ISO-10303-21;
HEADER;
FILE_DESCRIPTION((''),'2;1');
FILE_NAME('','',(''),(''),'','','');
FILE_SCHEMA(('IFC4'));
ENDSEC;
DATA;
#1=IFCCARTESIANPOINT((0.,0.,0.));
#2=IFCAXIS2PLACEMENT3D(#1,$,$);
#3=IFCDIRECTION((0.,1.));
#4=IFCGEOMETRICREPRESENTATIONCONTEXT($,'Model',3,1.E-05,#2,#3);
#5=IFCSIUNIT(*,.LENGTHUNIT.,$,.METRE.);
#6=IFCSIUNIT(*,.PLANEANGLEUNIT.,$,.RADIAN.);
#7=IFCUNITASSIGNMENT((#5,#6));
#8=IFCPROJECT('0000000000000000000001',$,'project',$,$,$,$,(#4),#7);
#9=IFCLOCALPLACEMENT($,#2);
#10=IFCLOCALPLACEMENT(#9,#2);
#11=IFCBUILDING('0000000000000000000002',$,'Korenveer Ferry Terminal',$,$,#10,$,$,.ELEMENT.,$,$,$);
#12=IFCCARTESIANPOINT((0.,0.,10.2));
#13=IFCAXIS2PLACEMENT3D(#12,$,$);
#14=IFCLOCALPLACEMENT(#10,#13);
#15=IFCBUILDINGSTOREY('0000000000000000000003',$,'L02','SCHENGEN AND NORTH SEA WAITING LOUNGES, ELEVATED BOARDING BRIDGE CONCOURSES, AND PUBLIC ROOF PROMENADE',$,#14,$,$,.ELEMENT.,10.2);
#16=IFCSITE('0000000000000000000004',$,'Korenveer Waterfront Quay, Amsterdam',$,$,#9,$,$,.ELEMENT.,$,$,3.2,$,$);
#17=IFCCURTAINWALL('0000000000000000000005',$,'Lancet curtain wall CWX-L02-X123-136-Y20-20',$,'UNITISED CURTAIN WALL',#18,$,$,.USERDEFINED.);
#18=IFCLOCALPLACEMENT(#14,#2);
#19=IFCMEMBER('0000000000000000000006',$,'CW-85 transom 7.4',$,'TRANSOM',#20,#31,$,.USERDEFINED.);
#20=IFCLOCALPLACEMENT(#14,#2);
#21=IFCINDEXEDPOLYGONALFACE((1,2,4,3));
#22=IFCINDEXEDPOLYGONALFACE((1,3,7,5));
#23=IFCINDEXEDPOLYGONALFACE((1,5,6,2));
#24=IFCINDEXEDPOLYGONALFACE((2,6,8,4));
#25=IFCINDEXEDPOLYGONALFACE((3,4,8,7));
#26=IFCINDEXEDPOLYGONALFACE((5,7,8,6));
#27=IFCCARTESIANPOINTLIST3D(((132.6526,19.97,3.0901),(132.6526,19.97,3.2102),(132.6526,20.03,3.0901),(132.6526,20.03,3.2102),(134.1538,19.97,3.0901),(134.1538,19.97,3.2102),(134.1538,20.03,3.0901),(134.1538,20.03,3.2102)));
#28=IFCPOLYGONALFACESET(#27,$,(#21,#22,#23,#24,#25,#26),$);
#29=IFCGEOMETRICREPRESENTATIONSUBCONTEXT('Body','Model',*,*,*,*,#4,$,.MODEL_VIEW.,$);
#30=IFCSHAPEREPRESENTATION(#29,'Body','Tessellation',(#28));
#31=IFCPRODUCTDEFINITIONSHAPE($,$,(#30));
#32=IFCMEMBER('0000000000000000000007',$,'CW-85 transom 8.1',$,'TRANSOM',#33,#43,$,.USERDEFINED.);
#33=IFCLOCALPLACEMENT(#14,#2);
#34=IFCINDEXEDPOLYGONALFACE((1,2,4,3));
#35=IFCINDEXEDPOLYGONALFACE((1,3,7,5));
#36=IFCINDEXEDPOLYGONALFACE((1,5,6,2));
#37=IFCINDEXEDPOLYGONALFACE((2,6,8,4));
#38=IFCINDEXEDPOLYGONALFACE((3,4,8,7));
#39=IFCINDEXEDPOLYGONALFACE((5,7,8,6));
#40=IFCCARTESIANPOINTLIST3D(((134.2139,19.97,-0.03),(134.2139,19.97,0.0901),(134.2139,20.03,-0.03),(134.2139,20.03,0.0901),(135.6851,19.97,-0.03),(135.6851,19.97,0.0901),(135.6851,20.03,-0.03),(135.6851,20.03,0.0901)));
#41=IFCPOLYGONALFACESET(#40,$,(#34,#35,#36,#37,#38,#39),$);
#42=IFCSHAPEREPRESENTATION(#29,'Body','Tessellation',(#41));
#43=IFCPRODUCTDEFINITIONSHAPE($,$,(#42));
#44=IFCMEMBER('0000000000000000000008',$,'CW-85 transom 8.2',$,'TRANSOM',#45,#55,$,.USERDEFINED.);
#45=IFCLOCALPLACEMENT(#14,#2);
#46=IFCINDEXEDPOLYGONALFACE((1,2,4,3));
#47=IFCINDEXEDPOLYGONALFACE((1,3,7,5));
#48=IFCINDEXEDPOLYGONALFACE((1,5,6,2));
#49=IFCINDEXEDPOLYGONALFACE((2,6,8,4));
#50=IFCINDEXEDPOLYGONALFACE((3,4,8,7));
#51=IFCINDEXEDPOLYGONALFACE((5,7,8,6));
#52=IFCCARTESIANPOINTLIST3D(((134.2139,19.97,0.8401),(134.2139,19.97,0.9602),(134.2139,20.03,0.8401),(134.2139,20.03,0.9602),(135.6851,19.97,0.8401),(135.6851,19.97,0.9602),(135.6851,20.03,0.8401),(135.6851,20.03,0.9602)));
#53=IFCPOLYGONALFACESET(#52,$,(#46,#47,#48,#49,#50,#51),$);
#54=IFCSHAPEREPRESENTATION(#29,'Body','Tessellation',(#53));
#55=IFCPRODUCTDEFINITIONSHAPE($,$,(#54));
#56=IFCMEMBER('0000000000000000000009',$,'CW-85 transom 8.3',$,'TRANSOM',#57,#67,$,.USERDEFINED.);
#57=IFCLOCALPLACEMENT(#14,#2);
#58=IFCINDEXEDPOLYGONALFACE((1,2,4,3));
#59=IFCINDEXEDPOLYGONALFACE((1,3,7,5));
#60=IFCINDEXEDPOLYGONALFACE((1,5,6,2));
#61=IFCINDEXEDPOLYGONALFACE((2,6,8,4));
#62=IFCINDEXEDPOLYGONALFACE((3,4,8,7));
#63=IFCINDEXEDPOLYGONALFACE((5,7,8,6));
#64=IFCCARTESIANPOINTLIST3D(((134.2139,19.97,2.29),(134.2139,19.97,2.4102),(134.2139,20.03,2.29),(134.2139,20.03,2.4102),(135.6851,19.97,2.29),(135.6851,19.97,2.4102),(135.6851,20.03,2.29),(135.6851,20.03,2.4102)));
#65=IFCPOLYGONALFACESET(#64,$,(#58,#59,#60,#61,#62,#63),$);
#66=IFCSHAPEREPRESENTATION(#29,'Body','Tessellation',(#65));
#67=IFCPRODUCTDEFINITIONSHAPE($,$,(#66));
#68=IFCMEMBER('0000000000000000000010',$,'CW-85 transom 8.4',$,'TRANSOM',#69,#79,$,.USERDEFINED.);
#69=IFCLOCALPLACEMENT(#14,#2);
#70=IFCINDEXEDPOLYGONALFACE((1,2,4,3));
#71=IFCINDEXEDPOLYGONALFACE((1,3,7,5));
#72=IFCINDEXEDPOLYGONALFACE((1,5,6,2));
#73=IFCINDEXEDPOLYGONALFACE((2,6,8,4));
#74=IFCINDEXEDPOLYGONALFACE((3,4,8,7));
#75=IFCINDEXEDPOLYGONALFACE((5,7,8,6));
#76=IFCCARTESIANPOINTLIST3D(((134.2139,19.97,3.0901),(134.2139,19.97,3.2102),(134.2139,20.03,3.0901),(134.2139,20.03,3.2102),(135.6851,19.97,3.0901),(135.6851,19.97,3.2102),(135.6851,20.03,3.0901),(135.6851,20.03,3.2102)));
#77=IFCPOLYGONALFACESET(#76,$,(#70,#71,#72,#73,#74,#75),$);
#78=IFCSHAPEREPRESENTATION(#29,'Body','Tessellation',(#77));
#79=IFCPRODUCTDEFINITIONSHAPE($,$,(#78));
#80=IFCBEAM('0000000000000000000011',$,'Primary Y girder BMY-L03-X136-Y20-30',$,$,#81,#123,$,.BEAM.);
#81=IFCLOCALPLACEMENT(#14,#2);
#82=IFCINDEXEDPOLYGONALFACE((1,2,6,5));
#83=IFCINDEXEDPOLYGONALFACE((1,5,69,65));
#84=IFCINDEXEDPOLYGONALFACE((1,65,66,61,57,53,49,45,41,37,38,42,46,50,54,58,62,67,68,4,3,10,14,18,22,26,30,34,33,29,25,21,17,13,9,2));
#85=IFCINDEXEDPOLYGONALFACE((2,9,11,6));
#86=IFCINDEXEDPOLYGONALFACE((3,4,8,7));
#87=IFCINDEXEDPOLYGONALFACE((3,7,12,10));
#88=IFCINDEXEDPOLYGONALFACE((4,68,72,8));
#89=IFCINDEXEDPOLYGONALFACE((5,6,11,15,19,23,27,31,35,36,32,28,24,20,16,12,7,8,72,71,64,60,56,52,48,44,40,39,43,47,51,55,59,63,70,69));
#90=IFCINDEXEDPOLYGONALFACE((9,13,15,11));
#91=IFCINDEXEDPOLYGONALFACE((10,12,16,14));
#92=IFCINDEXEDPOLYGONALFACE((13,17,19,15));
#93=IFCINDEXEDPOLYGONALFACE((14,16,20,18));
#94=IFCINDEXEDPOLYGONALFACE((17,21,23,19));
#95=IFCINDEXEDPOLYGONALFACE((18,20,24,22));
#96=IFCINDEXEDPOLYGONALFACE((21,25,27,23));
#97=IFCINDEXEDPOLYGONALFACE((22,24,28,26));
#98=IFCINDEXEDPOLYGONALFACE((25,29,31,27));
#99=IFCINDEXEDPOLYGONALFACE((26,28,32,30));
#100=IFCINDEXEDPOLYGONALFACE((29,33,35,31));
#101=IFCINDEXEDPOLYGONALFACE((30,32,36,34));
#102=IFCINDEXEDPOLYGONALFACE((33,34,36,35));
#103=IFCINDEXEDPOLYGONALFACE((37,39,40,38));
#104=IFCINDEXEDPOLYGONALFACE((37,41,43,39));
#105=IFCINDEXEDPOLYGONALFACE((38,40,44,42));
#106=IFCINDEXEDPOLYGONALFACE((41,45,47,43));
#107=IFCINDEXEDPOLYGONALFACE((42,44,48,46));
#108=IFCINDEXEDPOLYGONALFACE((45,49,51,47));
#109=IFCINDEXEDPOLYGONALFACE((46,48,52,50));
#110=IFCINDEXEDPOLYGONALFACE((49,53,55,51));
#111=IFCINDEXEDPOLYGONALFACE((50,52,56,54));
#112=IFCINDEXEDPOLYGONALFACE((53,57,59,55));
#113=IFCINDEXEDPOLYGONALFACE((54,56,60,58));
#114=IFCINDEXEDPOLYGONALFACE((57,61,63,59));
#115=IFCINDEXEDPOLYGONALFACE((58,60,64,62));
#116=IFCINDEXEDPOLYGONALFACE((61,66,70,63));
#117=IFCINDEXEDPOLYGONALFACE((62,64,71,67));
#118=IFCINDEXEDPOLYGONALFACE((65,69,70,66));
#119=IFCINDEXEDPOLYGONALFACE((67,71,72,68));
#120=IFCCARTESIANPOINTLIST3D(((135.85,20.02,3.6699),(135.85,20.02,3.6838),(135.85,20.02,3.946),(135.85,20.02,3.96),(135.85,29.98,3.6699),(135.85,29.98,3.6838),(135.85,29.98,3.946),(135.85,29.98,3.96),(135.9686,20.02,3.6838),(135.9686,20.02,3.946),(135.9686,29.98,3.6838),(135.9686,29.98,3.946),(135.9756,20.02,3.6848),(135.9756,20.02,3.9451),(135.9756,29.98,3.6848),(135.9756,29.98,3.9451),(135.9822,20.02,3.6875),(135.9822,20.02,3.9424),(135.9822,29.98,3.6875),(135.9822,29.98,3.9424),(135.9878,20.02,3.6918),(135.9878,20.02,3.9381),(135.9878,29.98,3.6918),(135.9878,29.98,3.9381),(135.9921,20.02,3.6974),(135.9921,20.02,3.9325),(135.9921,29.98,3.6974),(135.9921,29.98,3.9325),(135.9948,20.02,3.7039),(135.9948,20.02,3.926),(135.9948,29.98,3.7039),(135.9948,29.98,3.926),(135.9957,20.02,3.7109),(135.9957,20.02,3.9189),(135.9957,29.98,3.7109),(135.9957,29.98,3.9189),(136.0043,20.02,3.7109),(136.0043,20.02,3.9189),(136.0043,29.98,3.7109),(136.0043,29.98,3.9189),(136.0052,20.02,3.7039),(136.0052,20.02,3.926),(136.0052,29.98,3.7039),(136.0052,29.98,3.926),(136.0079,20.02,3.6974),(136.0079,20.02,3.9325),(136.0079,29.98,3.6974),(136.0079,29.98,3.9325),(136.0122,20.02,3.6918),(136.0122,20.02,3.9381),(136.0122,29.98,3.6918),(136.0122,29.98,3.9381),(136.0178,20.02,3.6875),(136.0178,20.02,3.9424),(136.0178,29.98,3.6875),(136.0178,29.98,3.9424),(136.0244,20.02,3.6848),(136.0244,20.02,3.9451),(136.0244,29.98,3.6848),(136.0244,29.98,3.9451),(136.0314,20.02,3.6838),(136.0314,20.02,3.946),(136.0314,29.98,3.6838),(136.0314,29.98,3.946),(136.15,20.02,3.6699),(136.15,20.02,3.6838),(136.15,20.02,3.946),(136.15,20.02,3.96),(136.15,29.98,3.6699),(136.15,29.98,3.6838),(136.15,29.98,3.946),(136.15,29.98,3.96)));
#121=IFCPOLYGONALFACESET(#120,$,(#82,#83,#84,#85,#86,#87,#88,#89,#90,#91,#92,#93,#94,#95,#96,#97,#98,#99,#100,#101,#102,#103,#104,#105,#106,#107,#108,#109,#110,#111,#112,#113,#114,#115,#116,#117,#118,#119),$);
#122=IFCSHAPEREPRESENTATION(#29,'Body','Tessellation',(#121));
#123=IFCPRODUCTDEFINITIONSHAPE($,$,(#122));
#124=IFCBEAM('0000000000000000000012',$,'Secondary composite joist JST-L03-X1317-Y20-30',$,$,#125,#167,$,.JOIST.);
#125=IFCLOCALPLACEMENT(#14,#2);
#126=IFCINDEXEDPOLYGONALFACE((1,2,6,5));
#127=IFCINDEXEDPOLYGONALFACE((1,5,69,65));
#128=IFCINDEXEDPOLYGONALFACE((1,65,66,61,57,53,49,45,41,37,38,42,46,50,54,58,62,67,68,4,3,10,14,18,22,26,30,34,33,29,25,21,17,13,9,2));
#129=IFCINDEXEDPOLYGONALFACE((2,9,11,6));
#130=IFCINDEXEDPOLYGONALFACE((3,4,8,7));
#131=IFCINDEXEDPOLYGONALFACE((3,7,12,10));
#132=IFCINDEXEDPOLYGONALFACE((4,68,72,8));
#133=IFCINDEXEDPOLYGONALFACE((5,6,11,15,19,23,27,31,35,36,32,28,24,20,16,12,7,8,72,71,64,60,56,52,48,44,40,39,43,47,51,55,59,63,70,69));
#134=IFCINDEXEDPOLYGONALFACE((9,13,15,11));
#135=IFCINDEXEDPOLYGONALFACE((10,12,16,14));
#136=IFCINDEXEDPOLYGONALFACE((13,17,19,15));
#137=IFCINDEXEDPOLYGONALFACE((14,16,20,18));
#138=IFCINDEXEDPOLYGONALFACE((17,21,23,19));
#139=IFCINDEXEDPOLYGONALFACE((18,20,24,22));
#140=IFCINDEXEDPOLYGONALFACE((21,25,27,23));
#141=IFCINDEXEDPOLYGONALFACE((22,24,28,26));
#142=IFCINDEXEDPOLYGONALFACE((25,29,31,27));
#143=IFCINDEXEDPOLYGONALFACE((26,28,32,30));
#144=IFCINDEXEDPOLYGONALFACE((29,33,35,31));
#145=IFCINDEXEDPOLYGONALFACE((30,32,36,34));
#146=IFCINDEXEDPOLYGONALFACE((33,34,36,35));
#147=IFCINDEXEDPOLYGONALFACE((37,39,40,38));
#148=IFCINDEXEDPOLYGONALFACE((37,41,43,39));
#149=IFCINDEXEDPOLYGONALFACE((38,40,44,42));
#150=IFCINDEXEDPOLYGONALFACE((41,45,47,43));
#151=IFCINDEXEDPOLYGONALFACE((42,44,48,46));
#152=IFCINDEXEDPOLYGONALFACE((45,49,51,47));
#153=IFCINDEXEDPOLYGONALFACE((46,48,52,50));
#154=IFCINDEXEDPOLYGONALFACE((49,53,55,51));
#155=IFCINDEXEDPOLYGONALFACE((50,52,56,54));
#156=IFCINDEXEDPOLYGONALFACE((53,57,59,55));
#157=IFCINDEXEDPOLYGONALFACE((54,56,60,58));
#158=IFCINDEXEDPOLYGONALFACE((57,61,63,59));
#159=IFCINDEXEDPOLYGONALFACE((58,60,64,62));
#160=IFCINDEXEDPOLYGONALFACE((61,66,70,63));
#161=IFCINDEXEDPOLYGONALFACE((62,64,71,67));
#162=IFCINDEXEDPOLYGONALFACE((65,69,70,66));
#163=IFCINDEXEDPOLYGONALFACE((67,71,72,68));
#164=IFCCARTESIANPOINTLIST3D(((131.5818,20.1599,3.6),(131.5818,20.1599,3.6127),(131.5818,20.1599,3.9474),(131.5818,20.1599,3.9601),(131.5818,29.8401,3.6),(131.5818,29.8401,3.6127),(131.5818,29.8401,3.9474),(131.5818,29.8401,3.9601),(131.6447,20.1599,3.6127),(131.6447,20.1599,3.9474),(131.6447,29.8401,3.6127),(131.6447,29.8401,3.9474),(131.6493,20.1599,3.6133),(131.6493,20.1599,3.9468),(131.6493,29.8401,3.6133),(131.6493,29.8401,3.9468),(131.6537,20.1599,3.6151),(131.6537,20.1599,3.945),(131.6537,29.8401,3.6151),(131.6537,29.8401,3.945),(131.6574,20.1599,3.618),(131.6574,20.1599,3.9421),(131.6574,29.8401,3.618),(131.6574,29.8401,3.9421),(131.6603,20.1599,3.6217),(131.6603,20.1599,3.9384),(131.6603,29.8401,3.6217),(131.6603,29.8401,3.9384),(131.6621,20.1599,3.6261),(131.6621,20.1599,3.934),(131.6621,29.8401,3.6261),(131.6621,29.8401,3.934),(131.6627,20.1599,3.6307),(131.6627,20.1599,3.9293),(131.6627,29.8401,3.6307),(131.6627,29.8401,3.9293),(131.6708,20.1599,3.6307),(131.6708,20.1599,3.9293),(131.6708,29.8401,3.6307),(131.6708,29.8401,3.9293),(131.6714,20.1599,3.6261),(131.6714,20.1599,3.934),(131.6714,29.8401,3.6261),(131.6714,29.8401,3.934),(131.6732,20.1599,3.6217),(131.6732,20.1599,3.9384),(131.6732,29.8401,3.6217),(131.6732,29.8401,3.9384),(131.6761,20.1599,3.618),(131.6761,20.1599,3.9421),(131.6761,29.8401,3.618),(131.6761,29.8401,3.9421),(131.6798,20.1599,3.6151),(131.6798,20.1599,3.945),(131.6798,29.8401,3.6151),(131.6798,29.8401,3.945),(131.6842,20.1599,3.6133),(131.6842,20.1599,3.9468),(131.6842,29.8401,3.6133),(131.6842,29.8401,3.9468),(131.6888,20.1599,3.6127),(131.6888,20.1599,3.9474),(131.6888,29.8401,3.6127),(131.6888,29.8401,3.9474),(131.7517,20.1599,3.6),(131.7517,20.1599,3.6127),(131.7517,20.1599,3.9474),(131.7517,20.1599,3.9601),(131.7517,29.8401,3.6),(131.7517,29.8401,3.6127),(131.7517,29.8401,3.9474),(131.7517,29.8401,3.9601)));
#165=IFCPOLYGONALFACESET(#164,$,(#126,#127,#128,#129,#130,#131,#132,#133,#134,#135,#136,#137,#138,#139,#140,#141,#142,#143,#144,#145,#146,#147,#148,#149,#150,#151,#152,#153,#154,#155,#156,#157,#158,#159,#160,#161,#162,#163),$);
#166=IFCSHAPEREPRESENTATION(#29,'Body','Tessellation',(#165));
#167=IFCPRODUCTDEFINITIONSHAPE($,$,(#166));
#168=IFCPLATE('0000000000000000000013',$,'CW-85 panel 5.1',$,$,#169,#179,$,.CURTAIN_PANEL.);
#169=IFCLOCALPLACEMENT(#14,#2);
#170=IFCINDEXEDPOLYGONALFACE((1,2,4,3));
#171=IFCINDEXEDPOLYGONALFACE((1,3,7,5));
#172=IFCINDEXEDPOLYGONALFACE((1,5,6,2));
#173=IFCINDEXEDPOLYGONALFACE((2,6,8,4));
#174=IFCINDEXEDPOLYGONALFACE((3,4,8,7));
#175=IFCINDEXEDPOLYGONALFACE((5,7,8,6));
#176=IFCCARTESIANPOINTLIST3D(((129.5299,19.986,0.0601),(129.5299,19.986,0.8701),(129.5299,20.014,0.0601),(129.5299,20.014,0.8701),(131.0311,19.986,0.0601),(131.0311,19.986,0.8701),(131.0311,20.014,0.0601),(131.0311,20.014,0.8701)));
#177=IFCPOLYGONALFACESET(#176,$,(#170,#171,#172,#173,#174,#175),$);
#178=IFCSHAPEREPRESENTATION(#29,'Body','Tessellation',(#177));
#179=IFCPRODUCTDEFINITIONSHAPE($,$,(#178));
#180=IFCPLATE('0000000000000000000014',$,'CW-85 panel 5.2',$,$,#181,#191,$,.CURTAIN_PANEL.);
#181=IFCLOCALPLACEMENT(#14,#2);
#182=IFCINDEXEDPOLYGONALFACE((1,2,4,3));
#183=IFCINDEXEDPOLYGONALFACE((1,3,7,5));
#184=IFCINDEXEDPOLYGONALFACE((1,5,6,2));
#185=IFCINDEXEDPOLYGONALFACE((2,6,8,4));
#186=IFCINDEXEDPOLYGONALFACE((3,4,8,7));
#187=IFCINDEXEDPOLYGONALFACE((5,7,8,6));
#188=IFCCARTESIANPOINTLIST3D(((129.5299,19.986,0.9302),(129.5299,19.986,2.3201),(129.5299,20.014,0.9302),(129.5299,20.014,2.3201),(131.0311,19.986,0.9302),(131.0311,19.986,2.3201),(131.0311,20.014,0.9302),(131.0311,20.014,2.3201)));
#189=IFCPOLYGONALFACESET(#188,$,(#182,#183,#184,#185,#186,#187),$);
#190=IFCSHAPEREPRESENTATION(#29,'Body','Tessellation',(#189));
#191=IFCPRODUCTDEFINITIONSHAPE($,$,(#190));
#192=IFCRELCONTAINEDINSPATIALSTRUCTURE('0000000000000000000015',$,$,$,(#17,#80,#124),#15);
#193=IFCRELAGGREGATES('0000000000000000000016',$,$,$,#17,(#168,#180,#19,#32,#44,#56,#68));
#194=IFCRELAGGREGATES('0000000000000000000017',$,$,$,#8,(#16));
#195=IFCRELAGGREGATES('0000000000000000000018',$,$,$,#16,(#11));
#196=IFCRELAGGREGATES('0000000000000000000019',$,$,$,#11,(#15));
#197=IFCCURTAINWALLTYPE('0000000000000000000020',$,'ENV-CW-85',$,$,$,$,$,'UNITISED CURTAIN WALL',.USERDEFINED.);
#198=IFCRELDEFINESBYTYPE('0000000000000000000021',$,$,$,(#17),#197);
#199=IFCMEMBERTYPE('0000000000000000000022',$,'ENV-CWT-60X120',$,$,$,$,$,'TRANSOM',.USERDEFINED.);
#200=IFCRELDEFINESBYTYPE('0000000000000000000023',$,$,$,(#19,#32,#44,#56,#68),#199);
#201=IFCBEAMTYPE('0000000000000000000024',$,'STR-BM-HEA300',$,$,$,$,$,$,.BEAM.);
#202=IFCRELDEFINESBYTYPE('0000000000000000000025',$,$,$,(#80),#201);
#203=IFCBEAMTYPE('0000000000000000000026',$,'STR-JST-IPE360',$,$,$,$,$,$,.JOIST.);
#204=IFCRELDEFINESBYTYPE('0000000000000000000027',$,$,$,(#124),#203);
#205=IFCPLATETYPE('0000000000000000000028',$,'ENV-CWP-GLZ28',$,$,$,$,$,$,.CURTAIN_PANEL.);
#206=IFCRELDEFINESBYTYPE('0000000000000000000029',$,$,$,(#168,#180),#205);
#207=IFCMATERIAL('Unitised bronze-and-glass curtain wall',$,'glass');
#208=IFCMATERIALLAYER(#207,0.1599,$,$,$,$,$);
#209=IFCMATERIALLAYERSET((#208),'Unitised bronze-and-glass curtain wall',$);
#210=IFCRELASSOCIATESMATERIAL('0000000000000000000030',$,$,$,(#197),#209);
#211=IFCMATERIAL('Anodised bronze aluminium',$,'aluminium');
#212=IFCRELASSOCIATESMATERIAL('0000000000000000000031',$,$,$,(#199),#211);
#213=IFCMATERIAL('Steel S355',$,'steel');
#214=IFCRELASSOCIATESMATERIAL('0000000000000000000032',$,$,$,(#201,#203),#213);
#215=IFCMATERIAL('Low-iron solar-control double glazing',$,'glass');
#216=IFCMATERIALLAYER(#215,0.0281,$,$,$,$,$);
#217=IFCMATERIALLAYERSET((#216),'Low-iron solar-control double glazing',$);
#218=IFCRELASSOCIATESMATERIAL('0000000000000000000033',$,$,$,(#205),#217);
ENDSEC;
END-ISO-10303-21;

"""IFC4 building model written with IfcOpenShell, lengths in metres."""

from ifc_helpers import new_model, si_unit, direction, frame, origin, origin_2d, place, context, subcontext, project, spatial, rectangle, i_section, extrude, material, layer, layer_set, material_profile, profile_set, type_object, element, aggregate, save


model = new_model("IFC4")

# Units and contexts
model_context = context("Model", 3, precision=1e-05, world=origin(), true_north=direction((0.0, 1.0)))
body_context = subcontext(model_context, "Body", "Model", "MODEL_VIEW")
ifc_project = project(units=[si_unit("LENGTHUNIT", "METRE"), si_unit("PLANEANGLEUNIT", "RADIAN")], contexts=[model_context])

# Site, building, storey
site_placement = place(None, origin())
site = spatial("IfcSite", under=ifc_project, at=site_placement, Name="Korenveer Waterfront Quay, Amsterdam", CompositionType="ELEMENT", RefElevation=3.2)
building_placement = place(site_placement, origin())
building = spatial("IfcBuilding", under=site, at=building_placement, Name="Korenveer Ferry Terminal", CompositionType="ELEMENT")
storey_placement = place(building_placement, frame((0.0, 0.0, 10.2)))
storey = spatial("IfcBuildingStorey", under=building, at=storey_placement, Name="L02", Description="SCHENGEN AND NORTH SEA WAITING LOUNGES, ELEVATED BOARDING BRIDGE CONCOURSES, AND PUBLIC ROOF PROMENADE", CompositionType="ELEMENT", Elevation=10.2)

# Curtain wall, members
ifc_material_1 = material(Name="Unitised bronze-and-glass curtain wall", Category="glass")
ifc_layer_1 = layer(ifc_material_1, 0.1599)
ifc_layer_set_1 = layer_set([ifc_layer_1], Name="Unitised bronze-and-glass curtain wall")
curtain_wall_type = type_object("IfcCurtainWallType", Name="ENV-CW-85", ElementType="UNITISED CURTAIN WALL", PredefinedType="USERDEFINED", material=ifc_layer_set_1)
curtain_wall_placement = place(storey_placement, frame((123.2549, 20.0, 0.0)))
curtain_wall = element("IfcCurtainWall", 1, at=curtain_wall_placement, inside=storey, type_object=curtain_wall_type, Name="Lancet curtain wall CWX-L02-X123-136-Y20-20", ObjectType="UNITISED CURTAIN WALL", PredefinedType="USERDEFINED")
ifc_material_2 = material(Name="Anodised bronze aluminium", Category="aluminium")
ifc_material_profile_1 = material_profile(ifc_material_2, rectangle(XDim=0.0601, YDim=0.1201, at=origin_2d()), Name="ALU 60x120")
ifc_profile_set_1 = profile_set([ifc_material_profile_1], Name="Anodised bronze aluminium")
member_type_1 = type_object("IfcMemberType", Name="ENV-CWT-60X120", ElementType="TRANSOM", PredefinedType="USERDEFINED", material=ifc_profile_set_1)
member_1_placement = place(storey_placement, frame((132.6526, 20.0, 3.1501), z_axis=(1.0, 0.0, 0.0), x_axis=(0.0, 1.0, 0.0)))
member_1 = element("IfcMember", 2, at=member_1_placement, type_object=member_type_1, Name="CW-85 transom 7.4", ObjectType="TRANSOM", PredefinedType="USERDEFINED", context=body_context, shape_type="SweptSolid", body=[
    extrude(rectangle(XDim=0.0601, YDim=0.1201, at=origin_2d()), origin(), (0.0, 0.0, 1.0), 1.5012),
])
member_2_placement = place(storey_placement, frame((134.2139, 20.0, 0.03), z_axis=(1.0, 0.0, 0.0), x_axis=(0.0, 1.0, 0.0)))
member_2 = element("IfcMember", 3, at=member_2_placement, type_object=member_type_1, Name="CW-85 transom 8.1", ObjectType="TRANSOM", PredefinedType="USERDEFINED", context=body_context, shape_type="SweptSolid", body=[
    extrude(rectangle(XDim=0.0601, YDim=0.1201, at=origin_2d()), origin(), (0.0, 0.0, 1.0), 1.4712),
])
member_3_placement = place(storey_placement, frame((134.2139, 20.0, 0.9001), z_axis=(1.0, 0.0, 0.0), x_axis=(0.0, 1.0, 0.0)))
member_3 = element("IfcMember", 4, at=member_3_placement, type_object=member_type_1, Name="CW-85 transom 8.2", ObjectType="TRANSOM", PredefinedType="USERDEFINED", context=body_context, shape_type="SweptSolid", body=[
    extrude(rectangle(XDim=0.0601, YDim=0.1201, at=origin_2d()), origin(), (0.0, 0.0, 1.0), 1.4712),
])
member_4_placement = place(storey_placement, frame((134.2139, 20.0, 2.3501), z_axis=(1.0, 0.0, 0.0), x_axis=(0.0, 1.0, 0.0)))
member_4 = element("IfcMember", 5, at=member_4_placement, type_object=member_type_1, Name="CW-85 transom 8.3", ObjectType="TRANSOM", PredefinedType="USERDEFINED", context=body_context, shape_type="SweptSolid", body=[
    extrude(rectangle(XDim=0.0601, YDim=0.1201, at=origin_2d()), origin(), (0.0, 0.0, 1.0), 1.4712),
])
member_5_placement = place(storey_placement, frame((134.2139, 20.0, 3.1501), z_axis=(1.0, 0.0, 0.0), x_axis=(0.0, 1.0, 0.0)))
member_5 = element("IfcMember", 6, at=member_5_placement, type_object=member_type_1, Name="CW-85 transom 8.4", ObjectType="TRANSOM", PredefinedType="USERDEFINED", context=body_context, shape_type="SweptSolid", body=[
    extrude(rectangle(XDim=0.0601, YDim=0.1201, at=origin_2d()), origin(), (0.0, 0.0, 1.0), 1.4712),
])

# Beams
ifc_material_3 = material(Name="Steel S355", Category="steel")
ifc_material_profile_2 = material_profile(ifc_material_3, i_section(OverallWidth=0.3, OverallDepth=0.29, WebThickness=0.0085, FlangeThickness=0.0139, FilletRadius=0.0271, at=origin_2d()), Name="HEA 300")
ifc_profile_set_2 = profile_set([ifc_material_profile_2], Name="Steel S355")
beam_type_1 = type_object("IfcBeamType", Name="STR-BM-HEA300", PredefinedType="BEAM", material=ifc_profile_set_2)
beam_1_placement = place(storey_placement, frame((136.0, 20.02, 3.8149), z_axis=(0.0, 1.0, 0.0), x_axis=(-1.0, 0.0, 0.0)))
element("IfcBeam", 7, at=beam_1_placement, inside=storey, type_object=beam_type_1, Name="Primary Y girder BMY-L03-X136-Y20-30", PredefinedType="BEAM", context=body_context, shape_type="SweptSolid", body=[
    extrude(i_section(OverallWidth=0.3, OverallDepth=0.29, WebThickness=0.0085, FlangeThickness=0.0139, FilletRadius=0.0271, at=origin_2d()), origin(), (0.0, 0.0, 1.0), 9.96),
])
ifc_material_profile_3 = material_profile(ifc_material_3, i_section(OverallWidth=0.1699, OverallDepth=0.3601, WebThickness=0.0081, FlangeThickness=0.0127, FilletRadius=0.0181, at=origin_2d()), Name="IPE 360")
ifc_profile_set_3 = profile_set([ifc_material_profile_3], Name="Steel S355")
beam_type_2 = type_object("IfcBeamType", Name="STR-JST-IPE360", PredefinedType="JOIST", material=ifc_profile_set_3)
beam_2_placement = place(storey_placement, frame((131.6667, 20.1599, 3.78), z_axis=(0.0, 1.0, 0.0), x_axis=(-1.0, 0.0, 0.0)))
element("IfcBeam", 8, at=beam_2_placement, inside=storey, type_object=beam_type_2, Name="Secondary composite joist JST-L03-X1317-Y20-30", PredefinedType="JOIST", context=body_context, shape_type="SweptSolid", body=[
    extrude(i_section(OverallWidth=0.1699, OverallDepth=0.3601, WebThickness=0.0081, FlangeThickness=0.0127, FilletRadius=0.0181, at=origin_2d()), origin(), (0.0, 0.0, 1.0), 9.6802),
])

# Plates
ifc_material_4 = material(Name="Low-iron solar-control double glazing", Category="glass")
ifc_layer_2 = layer(ifc_material_4, 0.0281)
ifc_layer_set_2 = layer_set([ifc_layer_2], Name="Low-iron solar-control double glazing")
plate_type = type_object("IfcPlateType", Name="ENV-CWP-GLZ28", PredefinedType="CURTAIN_PANEL", material=ifc_layer_set_2)
plate_1_placement = place(storey_placement, frame((130.2805, 20.0, 0.0601), z_axis=(0.0, 0.0, 1.0), x_axis=(1.0, 0.0, 0.0)))
plate_1 = element("IfcPlate", 9, at=plate_1_placement, type_object=plate_type, Name="CW-85 panel 5.1", PredefinedType="CURTAIN_PANEL", context=body_context, shape_type="SweptSolid", body=[
    extrude(rectangle(XDim=1.5012, YDim=0.0281, at=origin_2d()), origin(), (0.0, 0.0, 1.0), 0.8101),
])
plate_2_placement = place(storey_placement, frame((130.2805, 20.0, 0.9302), z_axis=(0.0, 0.0, 1.0), x_axis=(1.0, 0.0, 0.0)))
plate_2 = element("IfcPlate", 10, at=plate_2_placement, type_object=plate_type, Name="CW-85 panel 5.2", PredefinedType="CURTAIN_PANEL", context=body_context, shape_type="SweptSolid", body=[
    extrude(rectangle(XDim=1.5012, YDim=0.0281, at=origin_2d()), origin(), (0.0, 0.0, 1.0), 1.3899),
])
aggregate(curtain_wall, [plate_1, plate_2, member_1, member_2, member_3, member_4, member_5])

save(model, "model.ifc")
